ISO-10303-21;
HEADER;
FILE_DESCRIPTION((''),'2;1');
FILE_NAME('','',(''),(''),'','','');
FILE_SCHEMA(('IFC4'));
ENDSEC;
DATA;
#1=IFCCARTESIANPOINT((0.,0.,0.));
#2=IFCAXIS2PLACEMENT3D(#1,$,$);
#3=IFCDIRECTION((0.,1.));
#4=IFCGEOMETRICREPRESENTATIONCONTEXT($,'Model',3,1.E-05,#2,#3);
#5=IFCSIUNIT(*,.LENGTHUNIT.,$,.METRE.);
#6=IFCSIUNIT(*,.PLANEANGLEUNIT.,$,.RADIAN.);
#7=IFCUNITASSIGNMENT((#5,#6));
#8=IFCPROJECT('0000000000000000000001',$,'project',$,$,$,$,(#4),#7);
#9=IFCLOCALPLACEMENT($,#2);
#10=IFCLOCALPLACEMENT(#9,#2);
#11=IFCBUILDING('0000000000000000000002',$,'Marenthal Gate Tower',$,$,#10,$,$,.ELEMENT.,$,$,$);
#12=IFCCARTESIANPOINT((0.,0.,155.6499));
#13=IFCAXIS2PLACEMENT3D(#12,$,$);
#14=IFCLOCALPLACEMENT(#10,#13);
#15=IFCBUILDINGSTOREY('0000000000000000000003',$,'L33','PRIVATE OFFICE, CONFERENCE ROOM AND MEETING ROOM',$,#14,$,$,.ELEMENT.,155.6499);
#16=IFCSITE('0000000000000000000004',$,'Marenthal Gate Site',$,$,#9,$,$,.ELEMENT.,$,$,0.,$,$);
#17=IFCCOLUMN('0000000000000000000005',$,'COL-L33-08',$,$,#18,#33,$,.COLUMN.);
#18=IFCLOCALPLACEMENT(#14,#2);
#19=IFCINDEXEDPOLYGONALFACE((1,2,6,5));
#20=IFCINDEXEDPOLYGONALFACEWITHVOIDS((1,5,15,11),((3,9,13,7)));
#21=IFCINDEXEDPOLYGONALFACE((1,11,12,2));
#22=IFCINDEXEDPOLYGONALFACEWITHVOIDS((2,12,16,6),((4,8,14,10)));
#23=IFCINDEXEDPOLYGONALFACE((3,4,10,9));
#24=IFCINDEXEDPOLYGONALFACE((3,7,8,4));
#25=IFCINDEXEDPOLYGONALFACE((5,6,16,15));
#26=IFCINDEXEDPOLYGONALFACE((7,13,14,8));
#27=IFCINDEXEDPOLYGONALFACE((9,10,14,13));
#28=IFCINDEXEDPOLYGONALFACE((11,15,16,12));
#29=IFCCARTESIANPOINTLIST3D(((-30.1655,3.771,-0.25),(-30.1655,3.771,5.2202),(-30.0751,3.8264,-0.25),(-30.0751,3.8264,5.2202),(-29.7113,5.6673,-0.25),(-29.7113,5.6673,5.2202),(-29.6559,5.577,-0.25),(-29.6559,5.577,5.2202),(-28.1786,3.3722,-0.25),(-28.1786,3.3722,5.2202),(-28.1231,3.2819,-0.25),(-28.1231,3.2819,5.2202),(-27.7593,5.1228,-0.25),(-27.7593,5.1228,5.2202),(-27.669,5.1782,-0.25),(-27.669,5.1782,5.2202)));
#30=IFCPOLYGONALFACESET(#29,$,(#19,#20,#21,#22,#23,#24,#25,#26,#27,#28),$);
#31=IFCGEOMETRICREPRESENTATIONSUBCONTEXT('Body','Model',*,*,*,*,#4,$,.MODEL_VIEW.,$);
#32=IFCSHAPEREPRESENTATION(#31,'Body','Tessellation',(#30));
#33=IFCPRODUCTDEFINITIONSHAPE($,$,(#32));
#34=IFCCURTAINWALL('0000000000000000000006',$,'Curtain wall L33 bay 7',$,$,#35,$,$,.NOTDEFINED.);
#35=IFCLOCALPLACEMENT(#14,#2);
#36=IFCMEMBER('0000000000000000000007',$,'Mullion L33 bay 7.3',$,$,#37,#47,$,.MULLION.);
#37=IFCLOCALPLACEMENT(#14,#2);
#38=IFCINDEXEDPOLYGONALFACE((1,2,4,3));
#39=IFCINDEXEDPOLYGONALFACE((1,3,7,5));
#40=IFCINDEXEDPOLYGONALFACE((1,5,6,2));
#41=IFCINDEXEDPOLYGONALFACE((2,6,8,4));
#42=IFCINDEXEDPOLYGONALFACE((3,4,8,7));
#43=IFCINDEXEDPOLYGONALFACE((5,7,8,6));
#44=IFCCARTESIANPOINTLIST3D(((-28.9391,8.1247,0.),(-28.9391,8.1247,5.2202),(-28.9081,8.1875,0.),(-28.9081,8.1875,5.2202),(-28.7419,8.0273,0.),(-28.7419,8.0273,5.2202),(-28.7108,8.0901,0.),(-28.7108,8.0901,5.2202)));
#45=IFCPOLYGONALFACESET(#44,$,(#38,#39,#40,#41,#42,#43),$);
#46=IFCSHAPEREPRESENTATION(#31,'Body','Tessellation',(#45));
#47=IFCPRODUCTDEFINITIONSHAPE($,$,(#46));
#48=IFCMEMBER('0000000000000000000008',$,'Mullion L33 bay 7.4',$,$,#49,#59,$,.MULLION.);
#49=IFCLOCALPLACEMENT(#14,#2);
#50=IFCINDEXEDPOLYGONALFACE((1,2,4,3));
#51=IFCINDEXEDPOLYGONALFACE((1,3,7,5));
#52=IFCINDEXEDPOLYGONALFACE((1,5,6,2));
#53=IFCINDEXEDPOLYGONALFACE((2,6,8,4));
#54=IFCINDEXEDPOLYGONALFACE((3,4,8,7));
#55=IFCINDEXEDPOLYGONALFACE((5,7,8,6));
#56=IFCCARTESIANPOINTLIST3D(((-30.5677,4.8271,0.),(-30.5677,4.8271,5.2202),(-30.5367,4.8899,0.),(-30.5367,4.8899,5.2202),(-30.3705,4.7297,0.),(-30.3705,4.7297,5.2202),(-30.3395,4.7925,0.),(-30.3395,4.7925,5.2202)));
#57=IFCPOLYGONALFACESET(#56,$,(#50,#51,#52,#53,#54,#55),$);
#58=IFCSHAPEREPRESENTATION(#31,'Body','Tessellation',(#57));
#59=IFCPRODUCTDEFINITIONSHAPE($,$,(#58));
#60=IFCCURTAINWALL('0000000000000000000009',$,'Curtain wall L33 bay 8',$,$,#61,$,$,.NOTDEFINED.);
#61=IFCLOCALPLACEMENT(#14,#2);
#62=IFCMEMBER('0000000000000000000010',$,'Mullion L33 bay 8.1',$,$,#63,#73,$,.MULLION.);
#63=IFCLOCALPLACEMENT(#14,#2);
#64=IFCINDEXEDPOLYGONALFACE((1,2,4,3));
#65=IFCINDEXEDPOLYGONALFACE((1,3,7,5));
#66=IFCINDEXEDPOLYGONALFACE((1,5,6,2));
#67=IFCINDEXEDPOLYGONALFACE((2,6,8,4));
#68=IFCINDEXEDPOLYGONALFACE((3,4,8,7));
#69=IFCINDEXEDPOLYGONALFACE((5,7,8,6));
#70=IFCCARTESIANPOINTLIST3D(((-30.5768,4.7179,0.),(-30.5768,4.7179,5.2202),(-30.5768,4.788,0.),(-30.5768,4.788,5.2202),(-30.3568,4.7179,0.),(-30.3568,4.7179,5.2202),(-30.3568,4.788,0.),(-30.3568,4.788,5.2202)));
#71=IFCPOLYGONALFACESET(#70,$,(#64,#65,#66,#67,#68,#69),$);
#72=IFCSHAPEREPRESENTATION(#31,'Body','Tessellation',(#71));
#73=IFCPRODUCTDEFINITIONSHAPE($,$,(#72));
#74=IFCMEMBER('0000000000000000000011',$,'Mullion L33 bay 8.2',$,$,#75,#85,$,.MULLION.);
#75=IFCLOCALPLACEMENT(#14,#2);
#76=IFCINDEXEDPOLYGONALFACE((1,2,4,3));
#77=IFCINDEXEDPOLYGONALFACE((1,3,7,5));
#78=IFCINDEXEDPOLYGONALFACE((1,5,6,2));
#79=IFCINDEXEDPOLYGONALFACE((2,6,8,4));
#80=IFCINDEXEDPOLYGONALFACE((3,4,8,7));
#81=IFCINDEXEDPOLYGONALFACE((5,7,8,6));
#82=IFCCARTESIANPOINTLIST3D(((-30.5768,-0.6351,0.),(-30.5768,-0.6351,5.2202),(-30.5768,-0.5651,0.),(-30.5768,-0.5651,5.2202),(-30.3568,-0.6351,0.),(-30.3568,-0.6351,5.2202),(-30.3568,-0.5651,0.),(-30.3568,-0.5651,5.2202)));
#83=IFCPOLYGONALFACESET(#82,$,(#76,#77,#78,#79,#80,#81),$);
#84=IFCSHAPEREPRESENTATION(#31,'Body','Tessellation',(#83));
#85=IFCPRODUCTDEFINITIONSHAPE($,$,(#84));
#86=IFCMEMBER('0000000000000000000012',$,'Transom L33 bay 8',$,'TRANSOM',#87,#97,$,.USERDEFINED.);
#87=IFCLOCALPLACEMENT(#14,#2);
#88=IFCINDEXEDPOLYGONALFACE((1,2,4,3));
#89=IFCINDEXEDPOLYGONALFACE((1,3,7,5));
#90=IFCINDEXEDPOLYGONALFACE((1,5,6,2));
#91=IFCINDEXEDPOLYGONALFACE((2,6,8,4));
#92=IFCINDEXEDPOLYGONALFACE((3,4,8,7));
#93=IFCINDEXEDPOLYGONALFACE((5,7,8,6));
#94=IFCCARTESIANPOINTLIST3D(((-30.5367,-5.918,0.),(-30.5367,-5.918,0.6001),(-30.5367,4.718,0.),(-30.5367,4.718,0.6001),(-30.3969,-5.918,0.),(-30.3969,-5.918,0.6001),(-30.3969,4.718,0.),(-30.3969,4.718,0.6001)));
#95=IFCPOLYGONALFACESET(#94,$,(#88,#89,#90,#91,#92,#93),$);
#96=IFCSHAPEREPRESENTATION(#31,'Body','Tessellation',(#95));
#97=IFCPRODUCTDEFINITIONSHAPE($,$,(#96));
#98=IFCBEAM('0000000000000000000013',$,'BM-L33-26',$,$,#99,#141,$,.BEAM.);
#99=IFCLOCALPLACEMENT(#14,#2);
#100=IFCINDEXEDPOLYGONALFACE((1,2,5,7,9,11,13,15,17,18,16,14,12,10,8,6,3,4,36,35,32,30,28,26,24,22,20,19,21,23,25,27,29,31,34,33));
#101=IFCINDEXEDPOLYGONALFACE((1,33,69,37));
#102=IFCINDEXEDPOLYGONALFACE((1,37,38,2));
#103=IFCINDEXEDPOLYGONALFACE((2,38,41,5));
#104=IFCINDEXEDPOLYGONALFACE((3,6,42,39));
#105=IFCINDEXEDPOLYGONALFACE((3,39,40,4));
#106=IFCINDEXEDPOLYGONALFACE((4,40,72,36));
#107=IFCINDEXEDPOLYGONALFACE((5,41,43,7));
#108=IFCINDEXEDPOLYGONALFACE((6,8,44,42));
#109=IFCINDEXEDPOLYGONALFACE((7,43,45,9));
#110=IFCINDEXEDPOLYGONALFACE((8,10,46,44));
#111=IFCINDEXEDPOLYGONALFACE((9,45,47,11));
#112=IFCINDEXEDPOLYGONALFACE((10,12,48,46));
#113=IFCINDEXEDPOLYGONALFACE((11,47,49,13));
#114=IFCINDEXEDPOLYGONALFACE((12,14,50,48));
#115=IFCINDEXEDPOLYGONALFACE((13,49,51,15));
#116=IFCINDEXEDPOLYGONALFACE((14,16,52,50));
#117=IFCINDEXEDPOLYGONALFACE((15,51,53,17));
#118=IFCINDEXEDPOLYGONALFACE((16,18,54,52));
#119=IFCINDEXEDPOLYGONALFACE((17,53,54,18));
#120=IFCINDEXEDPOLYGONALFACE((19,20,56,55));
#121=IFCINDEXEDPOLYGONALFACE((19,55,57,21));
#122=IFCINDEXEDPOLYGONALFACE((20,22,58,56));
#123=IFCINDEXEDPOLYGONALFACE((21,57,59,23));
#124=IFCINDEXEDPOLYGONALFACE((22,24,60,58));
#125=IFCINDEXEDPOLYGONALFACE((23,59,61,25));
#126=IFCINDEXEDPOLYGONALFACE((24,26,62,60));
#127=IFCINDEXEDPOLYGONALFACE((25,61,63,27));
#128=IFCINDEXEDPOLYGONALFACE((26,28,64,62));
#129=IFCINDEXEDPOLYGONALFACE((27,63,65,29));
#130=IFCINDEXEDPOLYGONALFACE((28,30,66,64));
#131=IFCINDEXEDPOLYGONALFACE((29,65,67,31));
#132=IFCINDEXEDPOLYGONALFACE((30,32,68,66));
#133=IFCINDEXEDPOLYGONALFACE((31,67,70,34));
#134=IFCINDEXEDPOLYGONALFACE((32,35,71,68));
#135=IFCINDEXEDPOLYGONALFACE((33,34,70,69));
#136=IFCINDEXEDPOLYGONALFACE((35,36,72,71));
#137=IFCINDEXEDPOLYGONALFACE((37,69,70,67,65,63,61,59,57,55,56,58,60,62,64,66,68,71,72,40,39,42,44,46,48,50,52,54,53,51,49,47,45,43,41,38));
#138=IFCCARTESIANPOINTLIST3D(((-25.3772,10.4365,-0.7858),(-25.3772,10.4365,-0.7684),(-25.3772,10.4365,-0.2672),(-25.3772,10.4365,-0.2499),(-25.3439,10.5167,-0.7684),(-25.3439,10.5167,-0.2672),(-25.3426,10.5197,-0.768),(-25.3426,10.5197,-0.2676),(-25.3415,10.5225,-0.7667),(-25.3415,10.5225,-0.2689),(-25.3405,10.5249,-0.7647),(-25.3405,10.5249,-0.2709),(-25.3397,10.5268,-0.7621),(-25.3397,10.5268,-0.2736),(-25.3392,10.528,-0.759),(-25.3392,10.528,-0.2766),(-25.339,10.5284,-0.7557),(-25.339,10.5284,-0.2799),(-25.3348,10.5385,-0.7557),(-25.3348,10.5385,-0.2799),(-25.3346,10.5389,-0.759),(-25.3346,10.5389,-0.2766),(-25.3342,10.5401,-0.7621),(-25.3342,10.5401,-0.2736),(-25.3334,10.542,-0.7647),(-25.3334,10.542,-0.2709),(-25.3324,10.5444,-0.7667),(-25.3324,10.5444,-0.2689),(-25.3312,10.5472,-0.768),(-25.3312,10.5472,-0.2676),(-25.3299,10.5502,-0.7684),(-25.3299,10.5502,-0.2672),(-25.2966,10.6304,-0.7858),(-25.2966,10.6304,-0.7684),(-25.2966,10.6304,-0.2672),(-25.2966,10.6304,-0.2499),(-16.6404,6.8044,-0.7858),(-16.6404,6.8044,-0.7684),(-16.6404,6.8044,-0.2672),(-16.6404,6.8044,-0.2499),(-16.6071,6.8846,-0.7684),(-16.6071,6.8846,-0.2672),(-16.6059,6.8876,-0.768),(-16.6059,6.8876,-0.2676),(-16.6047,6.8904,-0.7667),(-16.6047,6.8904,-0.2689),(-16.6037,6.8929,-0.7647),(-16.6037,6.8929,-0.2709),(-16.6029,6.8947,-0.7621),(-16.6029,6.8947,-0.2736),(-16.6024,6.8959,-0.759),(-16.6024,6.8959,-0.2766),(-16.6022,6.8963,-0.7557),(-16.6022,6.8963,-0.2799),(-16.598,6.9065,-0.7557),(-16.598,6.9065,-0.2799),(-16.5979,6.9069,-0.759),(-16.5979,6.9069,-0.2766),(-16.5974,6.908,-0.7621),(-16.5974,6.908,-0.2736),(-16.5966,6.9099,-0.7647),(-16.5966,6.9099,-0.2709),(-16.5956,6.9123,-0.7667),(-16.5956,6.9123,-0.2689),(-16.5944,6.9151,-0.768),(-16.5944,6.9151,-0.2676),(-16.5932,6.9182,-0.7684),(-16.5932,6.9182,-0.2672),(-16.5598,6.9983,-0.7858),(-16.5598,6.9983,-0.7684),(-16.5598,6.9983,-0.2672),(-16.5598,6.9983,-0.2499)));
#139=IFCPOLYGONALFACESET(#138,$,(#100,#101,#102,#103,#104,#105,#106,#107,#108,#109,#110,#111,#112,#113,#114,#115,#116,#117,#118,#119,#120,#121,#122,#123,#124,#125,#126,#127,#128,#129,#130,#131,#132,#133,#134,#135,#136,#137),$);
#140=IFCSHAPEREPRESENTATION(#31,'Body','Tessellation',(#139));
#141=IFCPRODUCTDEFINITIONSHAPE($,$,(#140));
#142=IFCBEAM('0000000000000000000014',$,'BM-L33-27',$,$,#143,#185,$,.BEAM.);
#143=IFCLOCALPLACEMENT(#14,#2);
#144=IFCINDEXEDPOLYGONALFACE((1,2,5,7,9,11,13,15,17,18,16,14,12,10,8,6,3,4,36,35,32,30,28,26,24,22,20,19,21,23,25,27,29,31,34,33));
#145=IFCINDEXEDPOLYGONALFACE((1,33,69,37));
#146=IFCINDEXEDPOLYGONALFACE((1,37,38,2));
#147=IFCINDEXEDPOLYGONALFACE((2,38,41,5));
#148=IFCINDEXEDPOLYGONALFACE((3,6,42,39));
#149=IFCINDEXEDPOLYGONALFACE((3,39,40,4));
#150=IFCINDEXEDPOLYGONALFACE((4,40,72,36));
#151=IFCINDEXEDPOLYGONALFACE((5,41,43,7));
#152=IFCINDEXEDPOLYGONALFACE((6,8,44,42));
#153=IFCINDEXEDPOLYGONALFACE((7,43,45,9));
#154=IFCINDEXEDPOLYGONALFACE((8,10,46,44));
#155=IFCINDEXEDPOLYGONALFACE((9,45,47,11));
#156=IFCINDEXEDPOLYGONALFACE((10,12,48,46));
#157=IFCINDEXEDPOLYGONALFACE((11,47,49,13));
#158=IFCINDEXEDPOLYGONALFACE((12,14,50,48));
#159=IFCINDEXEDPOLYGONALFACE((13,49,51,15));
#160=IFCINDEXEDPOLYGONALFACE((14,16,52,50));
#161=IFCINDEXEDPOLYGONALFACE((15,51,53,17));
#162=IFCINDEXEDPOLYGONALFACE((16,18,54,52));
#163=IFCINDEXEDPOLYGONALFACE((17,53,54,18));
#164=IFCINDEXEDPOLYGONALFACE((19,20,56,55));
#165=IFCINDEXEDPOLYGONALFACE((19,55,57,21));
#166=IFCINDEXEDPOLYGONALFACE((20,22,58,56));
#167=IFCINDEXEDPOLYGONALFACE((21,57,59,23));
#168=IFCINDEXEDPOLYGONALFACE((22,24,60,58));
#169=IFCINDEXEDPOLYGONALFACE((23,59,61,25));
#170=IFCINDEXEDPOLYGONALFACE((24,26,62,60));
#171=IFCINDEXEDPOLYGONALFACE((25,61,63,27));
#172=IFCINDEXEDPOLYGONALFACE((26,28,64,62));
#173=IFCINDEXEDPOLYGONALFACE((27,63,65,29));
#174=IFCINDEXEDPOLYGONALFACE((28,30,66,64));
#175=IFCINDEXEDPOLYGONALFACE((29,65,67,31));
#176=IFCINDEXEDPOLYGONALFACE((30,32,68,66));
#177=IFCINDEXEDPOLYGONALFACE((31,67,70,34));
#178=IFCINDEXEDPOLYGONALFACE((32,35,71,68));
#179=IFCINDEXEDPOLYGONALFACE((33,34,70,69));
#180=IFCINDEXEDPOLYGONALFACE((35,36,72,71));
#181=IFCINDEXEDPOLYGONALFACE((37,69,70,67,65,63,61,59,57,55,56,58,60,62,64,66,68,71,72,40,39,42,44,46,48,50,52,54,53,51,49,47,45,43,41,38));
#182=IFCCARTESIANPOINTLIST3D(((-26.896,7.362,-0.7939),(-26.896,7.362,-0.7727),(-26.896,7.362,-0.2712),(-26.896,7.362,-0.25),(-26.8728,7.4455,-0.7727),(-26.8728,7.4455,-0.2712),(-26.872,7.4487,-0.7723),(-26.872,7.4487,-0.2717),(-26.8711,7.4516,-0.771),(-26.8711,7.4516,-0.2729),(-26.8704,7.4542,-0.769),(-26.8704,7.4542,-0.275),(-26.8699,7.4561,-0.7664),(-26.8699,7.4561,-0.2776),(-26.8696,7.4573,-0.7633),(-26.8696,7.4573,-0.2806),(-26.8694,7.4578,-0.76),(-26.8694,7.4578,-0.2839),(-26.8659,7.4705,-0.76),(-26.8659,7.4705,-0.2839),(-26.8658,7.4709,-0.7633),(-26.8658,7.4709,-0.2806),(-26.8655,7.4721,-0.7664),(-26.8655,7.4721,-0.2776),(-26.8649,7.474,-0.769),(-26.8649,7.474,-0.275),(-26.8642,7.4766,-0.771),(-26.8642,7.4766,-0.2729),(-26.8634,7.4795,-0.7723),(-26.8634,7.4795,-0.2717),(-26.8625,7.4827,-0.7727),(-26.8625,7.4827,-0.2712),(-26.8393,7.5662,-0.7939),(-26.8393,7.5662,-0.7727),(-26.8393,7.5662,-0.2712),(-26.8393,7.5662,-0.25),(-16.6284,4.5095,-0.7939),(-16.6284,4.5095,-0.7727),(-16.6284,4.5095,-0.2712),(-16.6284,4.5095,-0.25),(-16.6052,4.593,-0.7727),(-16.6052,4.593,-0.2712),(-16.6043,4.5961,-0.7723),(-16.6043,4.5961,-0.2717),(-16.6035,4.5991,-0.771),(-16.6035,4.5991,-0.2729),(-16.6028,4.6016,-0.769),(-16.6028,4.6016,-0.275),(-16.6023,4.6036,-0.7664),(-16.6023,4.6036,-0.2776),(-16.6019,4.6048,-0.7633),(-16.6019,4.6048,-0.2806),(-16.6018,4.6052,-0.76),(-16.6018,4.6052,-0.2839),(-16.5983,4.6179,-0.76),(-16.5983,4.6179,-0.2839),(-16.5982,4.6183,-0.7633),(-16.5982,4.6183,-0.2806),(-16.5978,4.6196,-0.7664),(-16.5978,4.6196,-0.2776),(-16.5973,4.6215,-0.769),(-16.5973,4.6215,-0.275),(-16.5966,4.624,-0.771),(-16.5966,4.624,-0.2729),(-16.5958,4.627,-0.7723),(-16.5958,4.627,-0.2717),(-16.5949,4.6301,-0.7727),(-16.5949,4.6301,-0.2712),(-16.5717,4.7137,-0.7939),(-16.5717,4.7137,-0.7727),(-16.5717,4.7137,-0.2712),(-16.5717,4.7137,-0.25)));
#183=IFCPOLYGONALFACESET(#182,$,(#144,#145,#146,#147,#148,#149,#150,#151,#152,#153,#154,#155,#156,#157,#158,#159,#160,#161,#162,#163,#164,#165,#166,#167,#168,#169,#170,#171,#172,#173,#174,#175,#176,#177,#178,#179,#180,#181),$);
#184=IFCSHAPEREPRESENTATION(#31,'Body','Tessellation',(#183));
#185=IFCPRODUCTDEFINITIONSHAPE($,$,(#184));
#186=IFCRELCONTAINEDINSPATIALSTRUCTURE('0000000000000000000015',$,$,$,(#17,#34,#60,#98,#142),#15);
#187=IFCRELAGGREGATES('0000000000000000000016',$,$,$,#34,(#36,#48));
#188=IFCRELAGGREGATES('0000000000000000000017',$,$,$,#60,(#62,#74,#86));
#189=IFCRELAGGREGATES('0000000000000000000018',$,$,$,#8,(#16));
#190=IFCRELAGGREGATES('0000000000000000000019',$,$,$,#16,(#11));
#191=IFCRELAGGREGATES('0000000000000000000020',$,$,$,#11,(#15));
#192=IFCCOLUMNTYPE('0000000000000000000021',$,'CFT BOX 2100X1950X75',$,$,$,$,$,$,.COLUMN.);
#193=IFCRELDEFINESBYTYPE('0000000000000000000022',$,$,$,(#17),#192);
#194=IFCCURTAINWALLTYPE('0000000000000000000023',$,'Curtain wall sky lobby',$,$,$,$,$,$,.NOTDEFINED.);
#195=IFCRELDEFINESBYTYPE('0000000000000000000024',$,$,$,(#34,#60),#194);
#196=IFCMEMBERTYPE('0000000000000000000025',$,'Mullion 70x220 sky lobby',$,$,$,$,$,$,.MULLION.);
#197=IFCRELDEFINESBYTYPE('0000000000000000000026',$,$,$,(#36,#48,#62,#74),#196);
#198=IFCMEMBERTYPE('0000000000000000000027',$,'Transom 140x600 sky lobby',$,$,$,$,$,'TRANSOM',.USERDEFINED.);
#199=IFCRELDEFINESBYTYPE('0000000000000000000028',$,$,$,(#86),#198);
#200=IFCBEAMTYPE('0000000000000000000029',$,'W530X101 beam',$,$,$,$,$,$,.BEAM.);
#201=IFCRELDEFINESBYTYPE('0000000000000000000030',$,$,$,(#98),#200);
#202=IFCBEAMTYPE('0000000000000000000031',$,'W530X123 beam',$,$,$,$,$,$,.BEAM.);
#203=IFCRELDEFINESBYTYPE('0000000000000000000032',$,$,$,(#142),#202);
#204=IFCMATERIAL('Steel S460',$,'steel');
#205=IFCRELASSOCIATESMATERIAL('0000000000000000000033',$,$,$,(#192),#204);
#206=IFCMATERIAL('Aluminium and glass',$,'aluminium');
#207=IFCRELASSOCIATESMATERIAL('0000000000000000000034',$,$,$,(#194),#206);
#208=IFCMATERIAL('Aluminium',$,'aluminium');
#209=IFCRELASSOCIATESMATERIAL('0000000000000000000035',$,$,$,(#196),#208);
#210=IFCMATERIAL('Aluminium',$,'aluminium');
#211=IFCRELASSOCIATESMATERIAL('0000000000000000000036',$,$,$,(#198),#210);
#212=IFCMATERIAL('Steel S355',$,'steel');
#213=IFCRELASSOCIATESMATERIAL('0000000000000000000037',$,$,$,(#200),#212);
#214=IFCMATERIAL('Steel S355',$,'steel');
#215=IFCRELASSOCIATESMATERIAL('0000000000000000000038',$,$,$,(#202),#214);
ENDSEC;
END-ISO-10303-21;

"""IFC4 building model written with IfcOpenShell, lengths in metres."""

from ifc_helpers import new_model, si_unit, direction, frame, origin, origin_2d, place, context, subcontext, project, spatial, rectangle, hollow_rectangle, i_section, extrude, material, material_profile, profile_set, type_object, element, aggregate, save


model = new_model("IFC4")

# Units and contexts
model_context = context("Model", 3, precision=1e-05, world=origin(), true_north=direction((0.0, 1.0)))
body_context = subcontext(model_context, "Body", "Model", "MODEL_VIEW")
ifc_project = project(units=[si_unit("LENGTHUNIT", "METRE"), si_unit("PLANEANGLEUNIT", "RADIAN")], contexts=[model_context])

# Site, building, storey
site_placement = place(None, origin())
site = spatial("IfcSite", under=ifc_project, at=site_placement, Name="Marenthal Gate Site", CompositionType="ELEMENT", RefElevation=0.0)
building_placement = place(site_placement, origin())
building = spatial("IfcBuilding", under=site, at=building_placement, Name="Marenthal Gate Tower", CompositionType="ELEMENT")
storey_placement = place(building_placement, frame((0.0, 0.0, 155.6499)))
storey = spatial("IfcBuildingStorey", under=building, at=storey_placement, Name="L33", Description="PRIVATE OFFICE, CONFERENCE ROOM AND MEETING ROOM", CompositionType="ELEMENT", Elevation=155.6499)

# Column
ifc_material_1 = material(Name="Steel S460", Category="steel")
ifc_material_profile_1 = material_profile(ifc_material_1, hollow_rectangle(XDim=1.95, YDim=2.1001, WallThickness=0.075, at=origin_2d()), Name="CFT BOX 2100X1950X75")
ifc_material_2 = material(Name="Concrete 70 MPa", Category="concrete")
ifc_material_profile_2 = material_profile(ifc_material_2, rectangle(XDim=1.8, YDim=1.95, at=origin_2d()), Name="CFT BOX 2100X1950X75 INFILL")
ifc_profile_set_1 = profile_set([ifc_material_profile_1, ifc_material_profile_2], Name="Steel S460 shell, Concrete 70 MPa infill")
column_type = type_object("IfcColumnType", Name="CFT BOX 2100X1950X75", PredefinedType="COLUMN", material=ifc_profile_set_1)
column_placement = place(storey_placement, frame((-28.9172, 4.4746, -0.25), z_axis=(0.0, 0.0, 1.0), x_axis=(0.232909, 0.972499, 0.0)))
element("IfcColumn", 1, at=column_placement, inside=storey, type_object=column_type, Name="COL-L33-08", PredefinedType="COLUMN", context=body_context, shape_type="SweptSolid", body=[
    extrude(hollow_rectangle(XDim=1.95, YDim=2.1001, WallThickness=0.075, at=origin_2d()), origin(), (0.0, 0.0, 1.0), 5.4702),
])

# Curtain walls, members
ifc_material_3 = material(Name="Aluminium and glass", Category="aluminium")
curtain_wall_type = type_object("IfcCurtainWallType", Name="Curtain wall sky lobby", PredefinedType="NOTDEFINED", material=ifc_material_3)
curtain_wall_1_placement = place(storey_placement, origin())
curtain_wall_1 = element("IfcCurtainWall", 2, at=curtain_wall_1_placement, inside=storey, type_object=curtain_wall_type, Name="Curtain wall L33 bay 7", PredefinedType="NOTDEFINED")
ifc_material_4 = material(Name="Aluminium", Category="aluminium")
ifc_material_profile_3 = material_profile(ifc_material_4, rectangle(XDim=0.22, YDim=0.0701, at=origin_2d()), Name="70x220 aluminium mullion")
ifc_profile_set_2 = profile_set([ifc_material_profile_3], Name="Aluminium")
member_type_1 = type_object("IfcMemberType", Name="Mullion 70x220 sky lobby", PredefinedType="MULLION", material=ifc_profile_set_2)
member_1_placement = place(storey_placement, frame((-28.825, 8.1074, 0.0), z_axis=(0.0, 0.0, 1.0), x_axis=(0.896609, -0.442824, 0.0)))
member_1 = element("IfcMember", 3, at=member_1_placement, type_object=member_type_1, Name="Mullion L33 bay 7.3", PredefinedType="MULLION", context=body_context, shape_type="SweptSolid", body=[
    extrude(rectangle(XDim=0.22, YDim=0.0701, at=origin_2d()), origin(), (0.0, 0.0, 1.0), 5.2202),
])
member_2_placement = place(storey_placement, frame((-30.4536, 4.8098, 0.0), z_axis=(0.0, 0.0, 1.0), x_axis=(0.896609, -0.442824, 0.0)))
member_2 = element("IfcMember", 4, at=member_2_placement, type_object=member_type_1, Name="Mullion L33 bay 7.4", PredefinedType="MULLION", context=body_context, shape_type="SweptSolid", body=[
    extrude(rectangle(XDim=0.22, YDim=0.0701, at=origin_2d()), origin(), (0.0, 0.0, 1.0), 5.2202),
])
curtain_wall_2_placement = place(storey_placement, origin())
curtain_wall_2 = element("IfcCurtainWall", 5, at=curtain_wall_2_placement, inside=storey, type_object=curtain_wall_type, Name="Curtain wall L33 bay 8", PredefinedType="NOTDEFINED")
member_3_placement = place(storey_placement, frame((-30.4668, 4.7529, 0.0), z_axis=(0.0, 0.0, 1.0), x_axis=(1.0, 0.0, 0.0)))
member_3 = element("IfcMember", 6, at=member_3_placement, type_object=member_type_1, Name="Mullion L33 bay 8.1", PredefinedType="MULLION", context=body_context, shape_type="SweptSolid", body=[
    extrude(rectangle(XDim=0.22, YDim=0.0701, at=origin_2d()), origin(), (0.0, 0.0, 1.0), 5.2202),
])
member_4_placement = place(storey_placement, frame((-30.4668, -0.6001, 0.0), z_axis=(0.0, 0.0, 1.0), x_axis=(1.0, 0.0, 0.0)))
member_4 = element("IfcMember", 7, at=member_4_placement, type_object=member_type_1, Name="Mullion L33 bay 8.2", PredefinedType="MULLION", context=body_context, shape_type="SweptSolid", body=[
    extrude(rectangle(XDim=0.22, YDim=0.0701, at=origin_2d()), origin(), (0.0, 0.0, 1.0), 5.2202),
])
ifc_material_5 = material(Name="Aluminium", Category="aluminium")
ifc_material_profile_4 = material_profile(ifc_material_5, rectangle(XDim=0.1399, YDim=0.6001, at=origin_2d()), Name="140x600 aluminium transom")
ifc_profile_set_3 = profile_set([ifc_material_profile_4], Name="Aluminium")
member_type_2 = type_object("IfcMemberType", Name="Transom 140x600 sky lobby", ElementType="TRANSOM", PredefinedType="USERDEFINED", material=ifc_profile_set_3)
member_5_placement = place(storey_placement, frame((-30.4668, 4.718, 0.3), z_axis=(0.0, -1.0, 0.0), x_axis=(1.0, 0.0, 0.0)))
member_5 = element("IfcMember", 8, at=member_5_placement, type_object=member_type_2, Name="Transom L33 bay 8", ObjectType="TRANSOM", PredefinedType="USERDEFINED", context=body_context, shape_type="SweptSolid", body=[
    extrude(rectangle(XDim=0.1399, YDim=0.6001, at=origin_2d()), origin(), (0.0, 0.0, 1.0), 10.636),
])

# Beams
ifc_material_6 = material(Name="Steel S355", Category="steel")
ifc_material_profile_5 = material_profile(ifc_material_6, i_section(OverallWidth=0.21, OverallDepth=0.5359, WebThickness=0.011, FlangeThickness=0.0173, FilletRadius=0.0127, at=origin_2d()), Name="W530X101")
ifc_profile_set_4 = profile_set([ifc_material_profile_5], Name="Steel S355")
beam_type_1 = type_object("IfcBeamType", Name="W530X101 beam", PredefinedType="BEAM", material=ifc_profile_set_4)
beam_1_placement = place(storey_placement, frame((-25.3369, 10.5334, -0.5178), z_axis=(0.923387, -0.383871, 0.0), x_axis=(0.383871, 0.923387, 0.0)))
element("IfcBeam", 9, at=beam_1_placement, inside=storey, type_object=beam_type_1, Name="BM-L33-26", PredefinedType="BEAM", context=body_context, shape_type="SweptSolid", body=[
    extrude(i_section(OverallWidth=0.21, OverallDepth=0.5359, WebThickness=0.011, FlangeThickness=0.0173, FilletRadius=0.0127, at=origin_2d()), origin(), (0.0, 0.0, 1.0), 9.4617),
])
ifc_material_7 = material(Name="Steel S355", Category="steel")
ifc_material_profile_6 = material_profile(ifc_material_7, i_section(OverallWidth=0.2119, OverallDepth=0.5439, WebThickness=0.0132, FlangeThickness=0.0212, FilletRadius=0.0127, at=origin_2d()), Name="W530X123")
ifc_profile_set_5 = profile_set([ifc_material_profile_6], Name="Steel S355")
beam_type_2 = type_object("IfcBeamType", Name="W530X123 beam", PredefinedType="BEAM", material=ifc_profile_set_5)
beam_2_placement = place(storey_placement, frame((-26.8677, 7.4641, -0.522), z_axis=(0.963507, -0.267682, 0.0), x_axis=(0.267682, 0.963507, 0.0)))
element("IfcBeam", 10, at=beam_2_placement, inside=storey, type_object=beam_type_2, Name="BM-L33-27", PredefinedType="BEAM", context=body_context, shape_type="SweptSolid", body=[
    extrude(i_section(OverallWidth=0.2119, OverallDepth=0.5439, WebThickness=0.0132, FlangeThickness=0.0212, FilletRadius=0.0127, at=origin_2d()), origin(), (0.0, 0.0, 1.0), 10.6565),
])

aggregate(curtain_wall_1, [member_1, member_2])
aggregate(curtain_wall_2, [member_3, member_4, member_5])

save(model, "model.ifc")
